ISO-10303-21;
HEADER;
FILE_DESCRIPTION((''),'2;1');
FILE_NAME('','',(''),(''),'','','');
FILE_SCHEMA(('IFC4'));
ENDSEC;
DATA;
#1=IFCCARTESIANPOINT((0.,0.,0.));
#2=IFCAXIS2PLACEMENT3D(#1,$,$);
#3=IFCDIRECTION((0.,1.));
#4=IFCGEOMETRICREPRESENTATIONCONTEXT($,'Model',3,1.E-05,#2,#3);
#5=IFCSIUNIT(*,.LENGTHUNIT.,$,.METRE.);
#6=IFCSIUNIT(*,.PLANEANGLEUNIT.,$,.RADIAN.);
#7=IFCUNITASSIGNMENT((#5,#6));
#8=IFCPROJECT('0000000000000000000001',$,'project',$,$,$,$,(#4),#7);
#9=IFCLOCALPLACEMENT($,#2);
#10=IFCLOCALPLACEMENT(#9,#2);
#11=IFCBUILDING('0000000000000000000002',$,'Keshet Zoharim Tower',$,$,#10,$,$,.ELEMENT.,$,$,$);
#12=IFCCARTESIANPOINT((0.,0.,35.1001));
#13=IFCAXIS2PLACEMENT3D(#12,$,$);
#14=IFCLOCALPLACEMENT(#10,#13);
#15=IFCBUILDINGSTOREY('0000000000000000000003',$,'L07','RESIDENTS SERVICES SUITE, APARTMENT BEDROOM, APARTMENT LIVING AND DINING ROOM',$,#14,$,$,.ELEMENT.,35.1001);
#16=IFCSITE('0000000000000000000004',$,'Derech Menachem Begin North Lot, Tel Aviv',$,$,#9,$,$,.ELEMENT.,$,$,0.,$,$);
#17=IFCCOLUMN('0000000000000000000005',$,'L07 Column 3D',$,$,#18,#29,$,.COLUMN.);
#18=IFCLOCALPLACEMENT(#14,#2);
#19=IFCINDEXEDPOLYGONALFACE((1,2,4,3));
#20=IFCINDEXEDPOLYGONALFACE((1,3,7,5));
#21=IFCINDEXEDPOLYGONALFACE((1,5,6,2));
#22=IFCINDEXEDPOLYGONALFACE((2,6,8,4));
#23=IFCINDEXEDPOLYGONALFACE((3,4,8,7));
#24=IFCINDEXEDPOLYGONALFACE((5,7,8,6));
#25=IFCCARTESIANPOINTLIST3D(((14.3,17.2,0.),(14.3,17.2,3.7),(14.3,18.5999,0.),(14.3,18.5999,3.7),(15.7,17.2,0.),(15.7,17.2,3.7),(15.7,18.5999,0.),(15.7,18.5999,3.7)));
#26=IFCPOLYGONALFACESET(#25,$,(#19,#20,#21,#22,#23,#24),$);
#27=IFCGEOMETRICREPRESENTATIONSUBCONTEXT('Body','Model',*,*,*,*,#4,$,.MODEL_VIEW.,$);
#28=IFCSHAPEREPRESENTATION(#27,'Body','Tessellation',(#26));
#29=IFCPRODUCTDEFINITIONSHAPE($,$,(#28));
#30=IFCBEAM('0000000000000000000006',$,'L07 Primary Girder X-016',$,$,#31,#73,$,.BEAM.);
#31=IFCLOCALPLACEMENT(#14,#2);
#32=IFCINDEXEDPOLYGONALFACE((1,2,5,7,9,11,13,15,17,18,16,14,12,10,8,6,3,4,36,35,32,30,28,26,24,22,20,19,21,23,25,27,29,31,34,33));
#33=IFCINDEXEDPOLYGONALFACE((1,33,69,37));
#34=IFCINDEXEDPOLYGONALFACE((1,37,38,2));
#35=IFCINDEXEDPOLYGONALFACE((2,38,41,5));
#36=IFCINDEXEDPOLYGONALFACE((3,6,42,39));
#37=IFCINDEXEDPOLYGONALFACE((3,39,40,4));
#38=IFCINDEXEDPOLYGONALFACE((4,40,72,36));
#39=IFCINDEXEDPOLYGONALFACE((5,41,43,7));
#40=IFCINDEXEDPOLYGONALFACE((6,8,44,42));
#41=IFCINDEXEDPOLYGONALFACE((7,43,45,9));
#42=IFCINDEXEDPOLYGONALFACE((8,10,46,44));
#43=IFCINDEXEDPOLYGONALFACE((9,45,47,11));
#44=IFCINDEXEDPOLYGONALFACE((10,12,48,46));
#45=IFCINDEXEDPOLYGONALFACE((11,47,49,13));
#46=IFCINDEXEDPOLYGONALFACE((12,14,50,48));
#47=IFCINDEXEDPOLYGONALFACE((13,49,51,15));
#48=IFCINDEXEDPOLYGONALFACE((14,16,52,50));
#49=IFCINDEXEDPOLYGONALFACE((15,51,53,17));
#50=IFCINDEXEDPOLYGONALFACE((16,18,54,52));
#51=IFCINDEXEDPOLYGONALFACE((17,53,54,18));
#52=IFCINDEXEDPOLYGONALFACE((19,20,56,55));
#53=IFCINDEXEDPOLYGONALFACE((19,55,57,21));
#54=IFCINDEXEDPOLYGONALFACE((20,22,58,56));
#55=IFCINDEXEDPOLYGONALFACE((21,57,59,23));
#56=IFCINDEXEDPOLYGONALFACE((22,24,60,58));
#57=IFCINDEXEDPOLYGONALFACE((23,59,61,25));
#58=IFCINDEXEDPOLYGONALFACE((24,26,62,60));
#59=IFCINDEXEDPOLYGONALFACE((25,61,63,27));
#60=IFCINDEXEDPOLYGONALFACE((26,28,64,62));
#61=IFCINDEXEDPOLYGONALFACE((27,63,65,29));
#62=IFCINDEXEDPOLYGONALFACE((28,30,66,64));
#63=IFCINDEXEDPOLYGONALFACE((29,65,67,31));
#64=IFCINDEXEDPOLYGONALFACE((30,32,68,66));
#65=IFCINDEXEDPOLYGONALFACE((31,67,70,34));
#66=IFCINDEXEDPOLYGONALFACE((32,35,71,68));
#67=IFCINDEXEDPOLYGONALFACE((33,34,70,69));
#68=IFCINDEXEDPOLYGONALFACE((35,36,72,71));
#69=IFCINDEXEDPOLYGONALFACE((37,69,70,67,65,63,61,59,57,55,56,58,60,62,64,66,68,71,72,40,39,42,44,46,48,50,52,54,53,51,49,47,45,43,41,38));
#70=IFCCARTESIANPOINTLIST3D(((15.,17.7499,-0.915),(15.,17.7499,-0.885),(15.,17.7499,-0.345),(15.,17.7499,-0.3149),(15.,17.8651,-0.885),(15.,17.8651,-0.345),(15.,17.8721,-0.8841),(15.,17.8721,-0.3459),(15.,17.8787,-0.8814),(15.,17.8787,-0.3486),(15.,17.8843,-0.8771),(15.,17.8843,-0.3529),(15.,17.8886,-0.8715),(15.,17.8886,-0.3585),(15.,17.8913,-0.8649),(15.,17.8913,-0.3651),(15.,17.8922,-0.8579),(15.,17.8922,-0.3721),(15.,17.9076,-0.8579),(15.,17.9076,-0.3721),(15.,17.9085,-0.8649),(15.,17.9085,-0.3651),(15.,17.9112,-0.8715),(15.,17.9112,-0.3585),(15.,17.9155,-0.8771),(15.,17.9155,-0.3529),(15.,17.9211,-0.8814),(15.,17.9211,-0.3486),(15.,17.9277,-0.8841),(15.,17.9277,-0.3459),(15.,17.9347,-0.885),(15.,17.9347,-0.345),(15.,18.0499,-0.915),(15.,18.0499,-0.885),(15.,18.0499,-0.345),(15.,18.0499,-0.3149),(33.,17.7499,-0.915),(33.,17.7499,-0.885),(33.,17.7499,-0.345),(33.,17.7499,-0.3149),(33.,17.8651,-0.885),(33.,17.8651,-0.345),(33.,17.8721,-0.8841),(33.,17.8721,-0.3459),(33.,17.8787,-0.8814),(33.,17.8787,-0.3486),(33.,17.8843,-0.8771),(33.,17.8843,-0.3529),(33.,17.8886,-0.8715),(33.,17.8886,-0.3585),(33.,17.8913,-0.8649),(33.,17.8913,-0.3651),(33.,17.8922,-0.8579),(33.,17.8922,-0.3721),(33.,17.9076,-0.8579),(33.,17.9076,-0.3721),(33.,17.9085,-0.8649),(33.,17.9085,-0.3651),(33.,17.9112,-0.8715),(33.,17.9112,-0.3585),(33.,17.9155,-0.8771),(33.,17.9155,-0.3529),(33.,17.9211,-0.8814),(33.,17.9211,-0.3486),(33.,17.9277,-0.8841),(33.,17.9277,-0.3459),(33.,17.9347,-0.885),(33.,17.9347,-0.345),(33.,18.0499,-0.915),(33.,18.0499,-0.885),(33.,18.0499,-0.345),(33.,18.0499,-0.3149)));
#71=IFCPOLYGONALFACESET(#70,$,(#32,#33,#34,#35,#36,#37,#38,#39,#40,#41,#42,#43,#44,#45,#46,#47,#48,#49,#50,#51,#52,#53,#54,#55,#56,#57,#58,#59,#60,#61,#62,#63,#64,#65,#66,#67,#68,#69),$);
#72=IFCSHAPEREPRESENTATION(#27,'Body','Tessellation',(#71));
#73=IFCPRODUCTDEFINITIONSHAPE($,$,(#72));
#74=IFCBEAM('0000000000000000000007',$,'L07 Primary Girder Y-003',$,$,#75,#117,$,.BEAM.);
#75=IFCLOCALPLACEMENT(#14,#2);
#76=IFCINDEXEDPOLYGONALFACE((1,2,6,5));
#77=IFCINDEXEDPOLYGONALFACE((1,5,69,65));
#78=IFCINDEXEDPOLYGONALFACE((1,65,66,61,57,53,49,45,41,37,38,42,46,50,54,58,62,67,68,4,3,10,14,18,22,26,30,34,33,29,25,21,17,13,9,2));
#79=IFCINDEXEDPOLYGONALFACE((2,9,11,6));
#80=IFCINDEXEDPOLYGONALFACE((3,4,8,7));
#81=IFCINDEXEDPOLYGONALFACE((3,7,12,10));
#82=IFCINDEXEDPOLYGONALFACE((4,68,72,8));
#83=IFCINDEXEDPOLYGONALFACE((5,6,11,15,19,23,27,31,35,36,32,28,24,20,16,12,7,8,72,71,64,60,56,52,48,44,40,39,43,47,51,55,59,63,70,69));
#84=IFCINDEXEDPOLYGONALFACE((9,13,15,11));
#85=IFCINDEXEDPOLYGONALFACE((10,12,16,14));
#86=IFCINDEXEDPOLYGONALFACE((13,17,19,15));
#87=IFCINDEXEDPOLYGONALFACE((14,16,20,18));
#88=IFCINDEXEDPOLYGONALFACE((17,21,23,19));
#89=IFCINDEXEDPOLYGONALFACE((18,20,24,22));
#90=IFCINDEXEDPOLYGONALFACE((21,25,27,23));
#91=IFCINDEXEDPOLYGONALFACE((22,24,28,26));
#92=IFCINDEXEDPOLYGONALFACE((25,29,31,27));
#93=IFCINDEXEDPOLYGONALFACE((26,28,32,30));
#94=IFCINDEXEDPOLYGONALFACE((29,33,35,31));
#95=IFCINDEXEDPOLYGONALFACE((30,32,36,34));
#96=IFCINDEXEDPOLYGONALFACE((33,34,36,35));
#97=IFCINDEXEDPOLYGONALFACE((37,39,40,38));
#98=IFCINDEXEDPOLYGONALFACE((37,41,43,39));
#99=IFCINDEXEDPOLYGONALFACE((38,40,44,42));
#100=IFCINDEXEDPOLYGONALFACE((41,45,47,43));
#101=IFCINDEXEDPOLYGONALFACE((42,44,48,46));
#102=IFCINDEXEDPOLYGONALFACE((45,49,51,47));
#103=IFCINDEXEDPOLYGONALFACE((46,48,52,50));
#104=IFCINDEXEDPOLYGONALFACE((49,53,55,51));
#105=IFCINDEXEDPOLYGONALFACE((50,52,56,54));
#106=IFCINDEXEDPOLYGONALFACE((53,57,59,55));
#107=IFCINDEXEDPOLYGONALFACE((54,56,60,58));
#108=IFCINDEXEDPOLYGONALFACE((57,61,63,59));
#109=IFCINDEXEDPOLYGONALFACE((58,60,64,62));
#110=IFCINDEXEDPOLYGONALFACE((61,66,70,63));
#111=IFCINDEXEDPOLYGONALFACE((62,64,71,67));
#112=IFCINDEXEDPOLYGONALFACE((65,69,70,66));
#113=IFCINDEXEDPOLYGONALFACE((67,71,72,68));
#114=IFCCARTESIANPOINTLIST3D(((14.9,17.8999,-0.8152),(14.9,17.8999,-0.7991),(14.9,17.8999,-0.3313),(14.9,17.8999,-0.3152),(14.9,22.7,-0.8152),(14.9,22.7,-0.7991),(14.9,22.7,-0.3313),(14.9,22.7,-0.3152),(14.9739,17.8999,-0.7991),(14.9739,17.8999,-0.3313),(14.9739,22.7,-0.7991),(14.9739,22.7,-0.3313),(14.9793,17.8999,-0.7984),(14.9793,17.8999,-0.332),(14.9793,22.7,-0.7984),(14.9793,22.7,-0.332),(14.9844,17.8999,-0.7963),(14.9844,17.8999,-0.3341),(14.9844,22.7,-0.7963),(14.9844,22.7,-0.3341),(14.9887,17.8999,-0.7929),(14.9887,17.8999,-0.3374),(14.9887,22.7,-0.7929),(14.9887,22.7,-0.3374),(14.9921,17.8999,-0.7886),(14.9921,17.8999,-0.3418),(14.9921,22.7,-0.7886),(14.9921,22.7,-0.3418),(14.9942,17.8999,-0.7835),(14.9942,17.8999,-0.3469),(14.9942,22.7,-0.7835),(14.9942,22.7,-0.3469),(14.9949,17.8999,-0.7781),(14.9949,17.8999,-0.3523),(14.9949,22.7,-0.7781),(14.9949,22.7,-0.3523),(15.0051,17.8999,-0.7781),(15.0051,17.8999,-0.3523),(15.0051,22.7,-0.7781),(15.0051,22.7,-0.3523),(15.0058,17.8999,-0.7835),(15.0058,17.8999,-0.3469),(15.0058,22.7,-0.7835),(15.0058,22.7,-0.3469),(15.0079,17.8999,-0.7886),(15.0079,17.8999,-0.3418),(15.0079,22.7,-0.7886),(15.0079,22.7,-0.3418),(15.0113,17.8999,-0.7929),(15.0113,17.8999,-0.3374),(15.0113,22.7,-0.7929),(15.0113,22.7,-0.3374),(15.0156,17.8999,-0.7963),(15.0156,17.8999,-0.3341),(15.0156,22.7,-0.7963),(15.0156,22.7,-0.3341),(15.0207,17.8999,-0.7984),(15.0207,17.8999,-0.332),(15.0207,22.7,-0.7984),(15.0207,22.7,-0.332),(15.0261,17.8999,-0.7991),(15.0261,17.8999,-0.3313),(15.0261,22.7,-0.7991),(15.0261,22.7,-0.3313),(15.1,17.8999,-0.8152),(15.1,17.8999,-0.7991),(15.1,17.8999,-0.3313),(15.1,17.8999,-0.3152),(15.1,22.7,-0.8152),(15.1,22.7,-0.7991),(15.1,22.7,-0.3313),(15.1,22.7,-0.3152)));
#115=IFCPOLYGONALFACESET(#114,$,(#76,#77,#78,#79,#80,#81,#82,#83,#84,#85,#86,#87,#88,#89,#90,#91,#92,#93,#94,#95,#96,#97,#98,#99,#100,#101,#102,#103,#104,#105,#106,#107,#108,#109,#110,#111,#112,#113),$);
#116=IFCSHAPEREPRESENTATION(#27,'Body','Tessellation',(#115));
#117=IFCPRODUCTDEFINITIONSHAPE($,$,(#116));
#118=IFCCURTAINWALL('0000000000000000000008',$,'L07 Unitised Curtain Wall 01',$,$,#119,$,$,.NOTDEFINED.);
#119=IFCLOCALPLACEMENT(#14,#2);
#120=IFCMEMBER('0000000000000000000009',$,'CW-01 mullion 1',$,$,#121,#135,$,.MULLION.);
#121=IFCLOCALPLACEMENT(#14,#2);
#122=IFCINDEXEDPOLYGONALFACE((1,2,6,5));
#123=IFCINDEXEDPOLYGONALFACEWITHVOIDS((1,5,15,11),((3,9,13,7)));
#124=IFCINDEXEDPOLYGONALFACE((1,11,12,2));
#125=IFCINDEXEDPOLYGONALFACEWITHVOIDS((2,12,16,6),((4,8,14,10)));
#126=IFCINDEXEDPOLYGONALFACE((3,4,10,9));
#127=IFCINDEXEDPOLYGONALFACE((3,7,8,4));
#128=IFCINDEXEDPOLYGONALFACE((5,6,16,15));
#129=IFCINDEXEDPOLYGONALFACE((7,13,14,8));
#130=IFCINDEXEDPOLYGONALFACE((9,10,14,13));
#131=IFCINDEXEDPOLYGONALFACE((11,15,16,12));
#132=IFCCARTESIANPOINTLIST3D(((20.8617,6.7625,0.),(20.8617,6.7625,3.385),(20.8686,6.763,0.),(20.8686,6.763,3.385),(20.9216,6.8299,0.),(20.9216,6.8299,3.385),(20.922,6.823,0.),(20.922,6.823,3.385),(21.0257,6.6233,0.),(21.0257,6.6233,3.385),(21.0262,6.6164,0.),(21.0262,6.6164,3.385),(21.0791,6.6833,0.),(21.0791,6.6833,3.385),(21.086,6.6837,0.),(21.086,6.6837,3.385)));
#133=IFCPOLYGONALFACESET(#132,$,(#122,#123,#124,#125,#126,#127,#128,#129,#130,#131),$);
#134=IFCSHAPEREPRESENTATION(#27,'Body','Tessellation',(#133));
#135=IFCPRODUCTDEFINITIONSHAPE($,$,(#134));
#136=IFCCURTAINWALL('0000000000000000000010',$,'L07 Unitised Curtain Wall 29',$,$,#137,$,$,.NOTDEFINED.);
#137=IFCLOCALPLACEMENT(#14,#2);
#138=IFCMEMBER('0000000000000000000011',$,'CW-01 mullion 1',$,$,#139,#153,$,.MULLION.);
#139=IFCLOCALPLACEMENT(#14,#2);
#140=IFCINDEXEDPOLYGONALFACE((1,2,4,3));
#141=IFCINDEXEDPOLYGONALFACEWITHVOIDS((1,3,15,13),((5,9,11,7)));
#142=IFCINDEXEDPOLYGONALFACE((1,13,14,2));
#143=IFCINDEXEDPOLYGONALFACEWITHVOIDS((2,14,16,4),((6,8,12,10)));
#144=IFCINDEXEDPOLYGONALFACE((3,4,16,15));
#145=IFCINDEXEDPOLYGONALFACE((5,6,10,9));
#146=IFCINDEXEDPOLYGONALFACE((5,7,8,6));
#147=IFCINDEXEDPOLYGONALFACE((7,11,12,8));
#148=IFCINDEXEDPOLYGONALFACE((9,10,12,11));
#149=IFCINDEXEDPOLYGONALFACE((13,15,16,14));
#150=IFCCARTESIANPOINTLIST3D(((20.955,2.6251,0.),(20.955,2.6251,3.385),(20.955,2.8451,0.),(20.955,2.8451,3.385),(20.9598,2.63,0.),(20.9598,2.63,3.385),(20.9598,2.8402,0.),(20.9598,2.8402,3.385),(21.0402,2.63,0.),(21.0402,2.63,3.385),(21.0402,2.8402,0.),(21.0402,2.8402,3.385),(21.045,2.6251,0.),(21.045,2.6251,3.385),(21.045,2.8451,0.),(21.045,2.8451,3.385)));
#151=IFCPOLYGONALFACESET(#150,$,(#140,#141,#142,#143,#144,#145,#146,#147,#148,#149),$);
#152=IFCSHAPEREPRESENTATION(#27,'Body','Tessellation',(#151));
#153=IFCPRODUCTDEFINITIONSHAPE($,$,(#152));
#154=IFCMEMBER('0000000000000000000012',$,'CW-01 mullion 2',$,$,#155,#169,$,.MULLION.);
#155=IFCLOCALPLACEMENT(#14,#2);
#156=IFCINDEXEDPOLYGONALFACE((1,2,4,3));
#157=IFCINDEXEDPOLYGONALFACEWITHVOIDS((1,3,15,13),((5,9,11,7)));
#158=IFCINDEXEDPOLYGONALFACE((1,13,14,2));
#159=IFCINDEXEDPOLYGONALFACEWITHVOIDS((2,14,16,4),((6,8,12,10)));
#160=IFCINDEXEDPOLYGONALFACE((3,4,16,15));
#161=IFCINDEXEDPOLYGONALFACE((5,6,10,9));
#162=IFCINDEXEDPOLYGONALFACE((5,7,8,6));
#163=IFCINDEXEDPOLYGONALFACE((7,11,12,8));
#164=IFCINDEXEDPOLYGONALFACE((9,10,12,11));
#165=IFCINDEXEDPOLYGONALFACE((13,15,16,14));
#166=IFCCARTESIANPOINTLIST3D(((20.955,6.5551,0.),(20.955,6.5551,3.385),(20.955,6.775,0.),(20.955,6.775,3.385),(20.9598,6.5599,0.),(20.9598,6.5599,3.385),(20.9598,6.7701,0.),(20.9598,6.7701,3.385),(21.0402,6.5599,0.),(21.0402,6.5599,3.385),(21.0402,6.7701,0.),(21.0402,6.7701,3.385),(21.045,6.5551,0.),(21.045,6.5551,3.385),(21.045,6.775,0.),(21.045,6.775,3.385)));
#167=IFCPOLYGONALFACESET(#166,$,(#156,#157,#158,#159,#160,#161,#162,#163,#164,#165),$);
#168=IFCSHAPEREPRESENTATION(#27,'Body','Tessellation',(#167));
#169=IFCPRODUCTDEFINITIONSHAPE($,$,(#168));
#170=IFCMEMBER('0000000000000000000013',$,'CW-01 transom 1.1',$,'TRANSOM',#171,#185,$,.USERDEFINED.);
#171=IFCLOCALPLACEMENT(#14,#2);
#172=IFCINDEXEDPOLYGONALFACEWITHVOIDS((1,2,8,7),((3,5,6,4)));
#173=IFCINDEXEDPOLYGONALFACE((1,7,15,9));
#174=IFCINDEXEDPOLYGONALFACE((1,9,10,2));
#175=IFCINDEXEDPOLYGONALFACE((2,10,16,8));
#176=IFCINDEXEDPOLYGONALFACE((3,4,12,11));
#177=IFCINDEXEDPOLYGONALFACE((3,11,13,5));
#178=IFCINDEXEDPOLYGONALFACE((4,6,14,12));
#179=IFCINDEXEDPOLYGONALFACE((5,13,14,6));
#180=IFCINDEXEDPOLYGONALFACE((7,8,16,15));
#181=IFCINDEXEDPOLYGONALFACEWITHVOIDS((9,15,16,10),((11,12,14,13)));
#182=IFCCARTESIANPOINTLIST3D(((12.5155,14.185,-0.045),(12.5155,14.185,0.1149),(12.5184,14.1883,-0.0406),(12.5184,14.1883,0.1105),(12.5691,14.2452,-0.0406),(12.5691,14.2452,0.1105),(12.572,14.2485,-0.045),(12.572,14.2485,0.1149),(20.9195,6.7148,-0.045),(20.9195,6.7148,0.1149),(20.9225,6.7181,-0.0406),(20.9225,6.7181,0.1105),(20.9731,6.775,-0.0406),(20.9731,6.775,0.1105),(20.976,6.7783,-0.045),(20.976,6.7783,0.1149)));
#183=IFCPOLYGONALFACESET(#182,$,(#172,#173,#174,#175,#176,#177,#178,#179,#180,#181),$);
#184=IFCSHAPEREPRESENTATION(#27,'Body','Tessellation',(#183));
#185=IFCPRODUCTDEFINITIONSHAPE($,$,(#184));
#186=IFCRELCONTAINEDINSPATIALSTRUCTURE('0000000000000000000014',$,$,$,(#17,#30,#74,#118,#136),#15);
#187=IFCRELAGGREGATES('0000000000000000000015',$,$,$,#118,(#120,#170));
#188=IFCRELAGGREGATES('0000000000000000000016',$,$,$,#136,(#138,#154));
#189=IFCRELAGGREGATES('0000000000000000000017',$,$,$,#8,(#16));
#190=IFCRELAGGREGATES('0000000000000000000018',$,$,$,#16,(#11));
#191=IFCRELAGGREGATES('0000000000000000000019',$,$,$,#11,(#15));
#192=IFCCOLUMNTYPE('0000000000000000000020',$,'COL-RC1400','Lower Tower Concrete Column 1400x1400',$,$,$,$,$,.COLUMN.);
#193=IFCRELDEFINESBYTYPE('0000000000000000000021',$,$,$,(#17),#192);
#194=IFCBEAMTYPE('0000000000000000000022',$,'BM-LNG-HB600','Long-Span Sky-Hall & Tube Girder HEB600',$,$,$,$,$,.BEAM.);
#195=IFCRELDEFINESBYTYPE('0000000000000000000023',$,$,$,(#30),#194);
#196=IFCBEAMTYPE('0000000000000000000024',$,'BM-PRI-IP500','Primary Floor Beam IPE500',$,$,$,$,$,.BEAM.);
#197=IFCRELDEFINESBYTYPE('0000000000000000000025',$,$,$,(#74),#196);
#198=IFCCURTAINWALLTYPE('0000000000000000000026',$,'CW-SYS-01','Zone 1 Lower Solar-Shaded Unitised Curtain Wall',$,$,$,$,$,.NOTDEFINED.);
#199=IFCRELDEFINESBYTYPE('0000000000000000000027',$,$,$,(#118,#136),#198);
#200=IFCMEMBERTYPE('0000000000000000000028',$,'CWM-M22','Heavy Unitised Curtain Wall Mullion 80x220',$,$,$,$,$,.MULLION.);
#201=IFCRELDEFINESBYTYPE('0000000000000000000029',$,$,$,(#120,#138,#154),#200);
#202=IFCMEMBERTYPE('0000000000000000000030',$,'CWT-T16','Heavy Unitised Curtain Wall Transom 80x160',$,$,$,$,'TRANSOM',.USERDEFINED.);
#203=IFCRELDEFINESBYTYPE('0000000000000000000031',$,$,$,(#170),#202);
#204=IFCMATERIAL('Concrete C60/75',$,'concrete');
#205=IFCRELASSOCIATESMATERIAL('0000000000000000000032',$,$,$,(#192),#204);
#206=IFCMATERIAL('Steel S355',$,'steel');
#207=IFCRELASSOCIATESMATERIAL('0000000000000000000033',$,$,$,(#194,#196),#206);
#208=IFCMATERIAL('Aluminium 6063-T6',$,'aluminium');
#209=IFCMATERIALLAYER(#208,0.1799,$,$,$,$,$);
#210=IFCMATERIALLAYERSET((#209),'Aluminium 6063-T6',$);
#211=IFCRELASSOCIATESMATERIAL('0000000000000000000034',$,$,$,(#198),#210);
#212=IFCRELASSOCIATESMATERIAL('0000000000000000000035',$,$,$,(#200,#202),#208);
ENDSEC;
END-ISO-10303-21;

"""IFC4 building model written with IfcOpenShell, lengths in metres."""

from ifc_helpers import new_model, si_unit, direction, frame, origin, origin_2d, place, context, subcontext, project, spatial, rectangle, hollow_rectangle, i_section, extrude, material, layer, layer_set, material_profile, profile_set, type_object, element, aggregate, save


model = new_model("IFC4")

# Units and contexts
model_context = context("Model", 3, precision=1e-05, world=origin(), true_north=direction((0.0, 1.0)))
body_context = subcontext(model_context, "Body", "Model", "MODEL_VIEW")
ifc_project = project(units=[si_unit("LENGTHUNIT", "METRE"), si_unit("PLANEANGLEUNIT", "RADIAN")], contexts=[model_context])

# Site, building, storey
site_placement = place(None, origin())
site = spatial("IfcSite", under=ifc_project, at=site_placement, Name="Derech Menachem Begin North Lot, Tel Aviv", CompositionType="ELEMENT", RefElevation=0.0)
building_placement = place(site_placement, origin())
building = spatial("IfcBuilding", under=site, at=building_placement, Name="Keshet Zoharim Tower", CompositionType="ELEMENT")
storey_placement = place(building_placement, frame((0.0, 0.0, 35.1001)))
storey = spatial("IfcBuildingStorey", under=building, at=storey_placement, Name="L07", Description="RESIDENTS SERVICES SUITE, APARTMENT BEDROOM, APARTMENT LIVING AND DINING ROOM", CompositionType="ELEMENT", Elevation=35.1001)

# Column
ifc_material_1 = material(Name="Concrete C60/75", Category="concrete")
ifc_material_profile_1 = material_profile(ifc_material_1, rectangle(XDim=1.3999, YDim=1.3999, at=origin_2d()), Name="RC1400x1400")
ifc_profile_set_1 = profile_set([ifc_material_profile_1], Name="Concrete C60/75")
column_type = type_object("IfcColumnType", Name="COL-RC1400", Description="Lower Tower Concrete Column 1400x1400", PredefinedType="COLUMN", material=ifc_profile_set_1)
column_placement = place(storey_placement, frame((15.0, 17.8999, 0.0), z_axis=(0.0, 0.0, 1.0), x_axis=(1.0, 0.0, 0.0)))
element("IfcColumn", 1, at=column_placement, inside=storey, type_object=column_type, Name="L07 Column 3D", PredefinedType="COLUMN", context=body_context, shape_type="SweptSolid", body=[
    extrude(rectangle(XDim=1.3999, YDim=1.3999, at=origin_2d()), origin(), (0.0, 0.0, 1.0), 3.7),
])

# Beams
ifc_material_2 = material(Name="Steel S355", Category="steel")
ifc_material_profile_2 = material_profile(ifc_material_2, i_section(OverallWidth=0.3, OverallDepth=0.6001, WebThickness=0.0154, FlangeThickness=0.03, FilletRadius=0.0271, at=origin_2d()), Name="HEB600")
ifc_profile_set_2 = profile_set([ifc_material_profile_2], Name="Steel S355")
beam_type_1 = type_object("IfcBeamType", Name="BM-LNG-HB600", Description="Long-Span Sky-Hall & Tube Girder HEB600", PredefinedType="BEAM", material=ifc_profile_set_2)
beam_1_placement = place(storey_placement, frame((15.0, 17.8999, -0.615), z_axis=(1.0, 0.0, 0.0), x_axis=(0.0, 1.0, 0.0)))
element("IfcBeam", 2, at=beam_1_placement, inside=storey, type_object=beam_type_1, Name="L07 Primary Girder X-016", PredefinedType="BEAM", context=body_context, shape_type="SweptSolid", body=[
    extrude(i_section(OverallWidth=0.3, OverallDepth=0.6001, WebThickness=0.0154, FlangeThickness=0.03, FilletRadius=0.0271, at=origin_2d()), origin(), (0.0, 0.0, 1.0), 18.0),
])
ifc_material_profile_3 = material_profile(ifc_material_2, i_section(OverallWidth=0.2, OverallDepth=0.5, WebThickness=0.0103, FlangeThickness=0.0161, FilletRadius=0.021, at=origin_2d()), Name="IPE500")
ifc_profile_set_3 = profile_set([ifc_material_profile_3], Name="Steel S355")
beam_type_2 = type_object("IfcBeamType", Name="BM-PRI-IP500", Description="Primary Floor Beam IPE500", PredefinedType="BEAM", material=ifc_profile_set_3)
beam_2_placement = place(storey_placement, frame((15.0, 17.8999, -0.5652), z_axis=(0.0, 1.0, 0.0), x_axis=(-1.0, 0.0, 0.0)))
element("IfcBeam", 3, at=beam_2_placement, inside=storey, type_object=beam_type_2, Name="L07 Primary Girder Y-003", PredefinedType="BEAM", context=body_context, shape_type="SweptSolid", body=[
    extrude(i_section(OverallWidth=0.2, OverallDepth=0.5, WebThickness=0.0103, FlangeThickness=0.0161, FilletRadius=0.021, at=origin_2d()), origin(), (0.0, 0.0, 1.0), 4.8),
])

# Curtain wall, member
ifc_material_3 = material(Name="Aluminium 6063-T6", Category="aluminium")
ifc_layer_1 = layer(ifc_material_3, 0.1799)
ifc_layer_set_1 = layer_set([ifc_layer_1], Name="Aluminium 6063-T6")
curtain_wall_type = type_object("IfcCurtainWallType", Name="CW-SYS-01", Description="Zone 1 Lower Solar-Shaded Unitised Curtain Wall", PredefinedType="NOTDEFINED", material=ifc_layer_set_1)
curtain_wall_1_placement = place(storey_placement, origin())
curtain_wall_1 = element("IfcCurtainWall", 4, at=curtain_wall_1_placement, inside=storey, type_object=curtain_wall_type, Name="L07 Unitised Curtain Wall 01", PredefinedType="NOTDEFINED")
ifc_material_profile_4 = material_profile(ifc_material_3, hollow_rectangle(XDim=0.0901, YDim=0.22, WallThickness=0.0049, at=origin_2d()), Name="MUL-90x220")
ifc_profile_set_4 = profile_set([ifc_material_profile_4], Name="Aluminium 6063-T6")
member_type_1 = type_object("IfcMemberType", Name="CWM-M22", Description="Heavy Unitised Curtain Wall Mullion 80x220", PredefinedType="MULLION", material=ifc_profile_set_4)
member_1_placement = place(storey_placement, frame((20.9739, 6.7231, 0.0), z_axis=(0.0, 0.0, 1.0), x_axis=(-0.664364, -0.747409, 0.0)))
member_1 = element("IfcMember", 5, at=member_1_placement, type_object=member_type_1, Name="CW-01 mullion 1", PredefinedType="MULLION", context=body_context, shape_type="SweptSolid", body=[
    extrude(hollow_rectangle(XDim=0.0901, YDim=0.22, WallThickness=0.0049, at=origin_2d()), origin(), (0.0, 0.0, 1.0), 3.385),
])

# Curtain wall, members
curtain_wall_2_placement = place(storey_placement, origin())
curtain_wall_2 = element("IfcCurtainWall", 6, at=curtain_wall_2_placement, inside=storey, type_object=curtain_wall_type, Name="L07 Unitised Curtain Wall 29", PredefinedType="NOTDEFINED")
member_2_placement = place(storey_placement, frame((21.0, 2.7351, 0.0), z_axis=(0.0, 0.0, 1.0), x_axis=(-1.0, 0.0, 0.0)))
member_2 = element("IfcMember", 7, at=member_2_placement, type_object=member_type_1, Name="CW-01 mullion 1", PredefinedType="MULLION", context=body_context, shape_type="SweptSolid", body=[
    extrude(hollow_rectangle(XDim=0.0901, YDim=0.22, WallThickness=0.0049, at=origin_2d()), origin(), (0.0, 0.0, 1.0), 3.385),
])
member_3_placement = place(storey_placement, frame((21.0, 6.665, 0.0), z_axis=(0.0, 0.0, 1.0), x_axis=(-1.0, 0.0, 0.0)))
member_3 = element("IfcMember", 8, at=member_3_placement, type_object=member_type_1, Name="CW-01 mullion 2", PredefinedType="MULLION", context=body_context, shape_type="SweptSolid", body=[
    extrude(hollow_rectangle(XDim=0.0901, YDim=0.22, WallThickness=0.0049, at=origin_2d()), origin(), (0.0, 0.0, 1.0), 3.385),
])

# Member
ifc_material_profile_5 = material_profile(ifc_material_3, hollow_rectangle(XDim=0.085, YDim=0.1599, WallThickness=0.0044, at=origin_2d()), Name="TRN-85x160")
ifc_profile_set_5 = profile_set([ifc_material_profile_5], Name="Aluminium 6063-T6")
member_type_2 = type_object("IfcMemberType", Name="CWT-T16", Description="Heavy Unitised Curtain Wall Transom 80x160", ElementType="TRANSOM", PredefinedType="USERDEFINED", material=ifc_profile_set_5)
member_4_placement = place(storey_placement, frame((20.9478, 6.7466, 0.0349), z_axis=(-0.747412, 0.664361, 0.0), x_axis=(-0.664361, -0.747412, 0.0)))
member_4 = element("IfcMember", 9, at=member_4_placement, type_object=member_type_2, Name="CW-01 transom 1.1", ObjectType="TRANSOM", PredefinedType="USERDEFINED", context=body_context, shape_type="SweptSolid", body=[
    extrude(hollow_rectangle(XDim=0.085, YDim=0.1599, WallThickness=0.0044, at=origin_2d()), origin(), (0.0, 0.0, 1.0), 11.2441),
])

aggregate(curtain_wall_1, [member_1, member_4])
aggregate(curtain_wall_2, [member_2, member_3])

save(model, "model.ifc")
